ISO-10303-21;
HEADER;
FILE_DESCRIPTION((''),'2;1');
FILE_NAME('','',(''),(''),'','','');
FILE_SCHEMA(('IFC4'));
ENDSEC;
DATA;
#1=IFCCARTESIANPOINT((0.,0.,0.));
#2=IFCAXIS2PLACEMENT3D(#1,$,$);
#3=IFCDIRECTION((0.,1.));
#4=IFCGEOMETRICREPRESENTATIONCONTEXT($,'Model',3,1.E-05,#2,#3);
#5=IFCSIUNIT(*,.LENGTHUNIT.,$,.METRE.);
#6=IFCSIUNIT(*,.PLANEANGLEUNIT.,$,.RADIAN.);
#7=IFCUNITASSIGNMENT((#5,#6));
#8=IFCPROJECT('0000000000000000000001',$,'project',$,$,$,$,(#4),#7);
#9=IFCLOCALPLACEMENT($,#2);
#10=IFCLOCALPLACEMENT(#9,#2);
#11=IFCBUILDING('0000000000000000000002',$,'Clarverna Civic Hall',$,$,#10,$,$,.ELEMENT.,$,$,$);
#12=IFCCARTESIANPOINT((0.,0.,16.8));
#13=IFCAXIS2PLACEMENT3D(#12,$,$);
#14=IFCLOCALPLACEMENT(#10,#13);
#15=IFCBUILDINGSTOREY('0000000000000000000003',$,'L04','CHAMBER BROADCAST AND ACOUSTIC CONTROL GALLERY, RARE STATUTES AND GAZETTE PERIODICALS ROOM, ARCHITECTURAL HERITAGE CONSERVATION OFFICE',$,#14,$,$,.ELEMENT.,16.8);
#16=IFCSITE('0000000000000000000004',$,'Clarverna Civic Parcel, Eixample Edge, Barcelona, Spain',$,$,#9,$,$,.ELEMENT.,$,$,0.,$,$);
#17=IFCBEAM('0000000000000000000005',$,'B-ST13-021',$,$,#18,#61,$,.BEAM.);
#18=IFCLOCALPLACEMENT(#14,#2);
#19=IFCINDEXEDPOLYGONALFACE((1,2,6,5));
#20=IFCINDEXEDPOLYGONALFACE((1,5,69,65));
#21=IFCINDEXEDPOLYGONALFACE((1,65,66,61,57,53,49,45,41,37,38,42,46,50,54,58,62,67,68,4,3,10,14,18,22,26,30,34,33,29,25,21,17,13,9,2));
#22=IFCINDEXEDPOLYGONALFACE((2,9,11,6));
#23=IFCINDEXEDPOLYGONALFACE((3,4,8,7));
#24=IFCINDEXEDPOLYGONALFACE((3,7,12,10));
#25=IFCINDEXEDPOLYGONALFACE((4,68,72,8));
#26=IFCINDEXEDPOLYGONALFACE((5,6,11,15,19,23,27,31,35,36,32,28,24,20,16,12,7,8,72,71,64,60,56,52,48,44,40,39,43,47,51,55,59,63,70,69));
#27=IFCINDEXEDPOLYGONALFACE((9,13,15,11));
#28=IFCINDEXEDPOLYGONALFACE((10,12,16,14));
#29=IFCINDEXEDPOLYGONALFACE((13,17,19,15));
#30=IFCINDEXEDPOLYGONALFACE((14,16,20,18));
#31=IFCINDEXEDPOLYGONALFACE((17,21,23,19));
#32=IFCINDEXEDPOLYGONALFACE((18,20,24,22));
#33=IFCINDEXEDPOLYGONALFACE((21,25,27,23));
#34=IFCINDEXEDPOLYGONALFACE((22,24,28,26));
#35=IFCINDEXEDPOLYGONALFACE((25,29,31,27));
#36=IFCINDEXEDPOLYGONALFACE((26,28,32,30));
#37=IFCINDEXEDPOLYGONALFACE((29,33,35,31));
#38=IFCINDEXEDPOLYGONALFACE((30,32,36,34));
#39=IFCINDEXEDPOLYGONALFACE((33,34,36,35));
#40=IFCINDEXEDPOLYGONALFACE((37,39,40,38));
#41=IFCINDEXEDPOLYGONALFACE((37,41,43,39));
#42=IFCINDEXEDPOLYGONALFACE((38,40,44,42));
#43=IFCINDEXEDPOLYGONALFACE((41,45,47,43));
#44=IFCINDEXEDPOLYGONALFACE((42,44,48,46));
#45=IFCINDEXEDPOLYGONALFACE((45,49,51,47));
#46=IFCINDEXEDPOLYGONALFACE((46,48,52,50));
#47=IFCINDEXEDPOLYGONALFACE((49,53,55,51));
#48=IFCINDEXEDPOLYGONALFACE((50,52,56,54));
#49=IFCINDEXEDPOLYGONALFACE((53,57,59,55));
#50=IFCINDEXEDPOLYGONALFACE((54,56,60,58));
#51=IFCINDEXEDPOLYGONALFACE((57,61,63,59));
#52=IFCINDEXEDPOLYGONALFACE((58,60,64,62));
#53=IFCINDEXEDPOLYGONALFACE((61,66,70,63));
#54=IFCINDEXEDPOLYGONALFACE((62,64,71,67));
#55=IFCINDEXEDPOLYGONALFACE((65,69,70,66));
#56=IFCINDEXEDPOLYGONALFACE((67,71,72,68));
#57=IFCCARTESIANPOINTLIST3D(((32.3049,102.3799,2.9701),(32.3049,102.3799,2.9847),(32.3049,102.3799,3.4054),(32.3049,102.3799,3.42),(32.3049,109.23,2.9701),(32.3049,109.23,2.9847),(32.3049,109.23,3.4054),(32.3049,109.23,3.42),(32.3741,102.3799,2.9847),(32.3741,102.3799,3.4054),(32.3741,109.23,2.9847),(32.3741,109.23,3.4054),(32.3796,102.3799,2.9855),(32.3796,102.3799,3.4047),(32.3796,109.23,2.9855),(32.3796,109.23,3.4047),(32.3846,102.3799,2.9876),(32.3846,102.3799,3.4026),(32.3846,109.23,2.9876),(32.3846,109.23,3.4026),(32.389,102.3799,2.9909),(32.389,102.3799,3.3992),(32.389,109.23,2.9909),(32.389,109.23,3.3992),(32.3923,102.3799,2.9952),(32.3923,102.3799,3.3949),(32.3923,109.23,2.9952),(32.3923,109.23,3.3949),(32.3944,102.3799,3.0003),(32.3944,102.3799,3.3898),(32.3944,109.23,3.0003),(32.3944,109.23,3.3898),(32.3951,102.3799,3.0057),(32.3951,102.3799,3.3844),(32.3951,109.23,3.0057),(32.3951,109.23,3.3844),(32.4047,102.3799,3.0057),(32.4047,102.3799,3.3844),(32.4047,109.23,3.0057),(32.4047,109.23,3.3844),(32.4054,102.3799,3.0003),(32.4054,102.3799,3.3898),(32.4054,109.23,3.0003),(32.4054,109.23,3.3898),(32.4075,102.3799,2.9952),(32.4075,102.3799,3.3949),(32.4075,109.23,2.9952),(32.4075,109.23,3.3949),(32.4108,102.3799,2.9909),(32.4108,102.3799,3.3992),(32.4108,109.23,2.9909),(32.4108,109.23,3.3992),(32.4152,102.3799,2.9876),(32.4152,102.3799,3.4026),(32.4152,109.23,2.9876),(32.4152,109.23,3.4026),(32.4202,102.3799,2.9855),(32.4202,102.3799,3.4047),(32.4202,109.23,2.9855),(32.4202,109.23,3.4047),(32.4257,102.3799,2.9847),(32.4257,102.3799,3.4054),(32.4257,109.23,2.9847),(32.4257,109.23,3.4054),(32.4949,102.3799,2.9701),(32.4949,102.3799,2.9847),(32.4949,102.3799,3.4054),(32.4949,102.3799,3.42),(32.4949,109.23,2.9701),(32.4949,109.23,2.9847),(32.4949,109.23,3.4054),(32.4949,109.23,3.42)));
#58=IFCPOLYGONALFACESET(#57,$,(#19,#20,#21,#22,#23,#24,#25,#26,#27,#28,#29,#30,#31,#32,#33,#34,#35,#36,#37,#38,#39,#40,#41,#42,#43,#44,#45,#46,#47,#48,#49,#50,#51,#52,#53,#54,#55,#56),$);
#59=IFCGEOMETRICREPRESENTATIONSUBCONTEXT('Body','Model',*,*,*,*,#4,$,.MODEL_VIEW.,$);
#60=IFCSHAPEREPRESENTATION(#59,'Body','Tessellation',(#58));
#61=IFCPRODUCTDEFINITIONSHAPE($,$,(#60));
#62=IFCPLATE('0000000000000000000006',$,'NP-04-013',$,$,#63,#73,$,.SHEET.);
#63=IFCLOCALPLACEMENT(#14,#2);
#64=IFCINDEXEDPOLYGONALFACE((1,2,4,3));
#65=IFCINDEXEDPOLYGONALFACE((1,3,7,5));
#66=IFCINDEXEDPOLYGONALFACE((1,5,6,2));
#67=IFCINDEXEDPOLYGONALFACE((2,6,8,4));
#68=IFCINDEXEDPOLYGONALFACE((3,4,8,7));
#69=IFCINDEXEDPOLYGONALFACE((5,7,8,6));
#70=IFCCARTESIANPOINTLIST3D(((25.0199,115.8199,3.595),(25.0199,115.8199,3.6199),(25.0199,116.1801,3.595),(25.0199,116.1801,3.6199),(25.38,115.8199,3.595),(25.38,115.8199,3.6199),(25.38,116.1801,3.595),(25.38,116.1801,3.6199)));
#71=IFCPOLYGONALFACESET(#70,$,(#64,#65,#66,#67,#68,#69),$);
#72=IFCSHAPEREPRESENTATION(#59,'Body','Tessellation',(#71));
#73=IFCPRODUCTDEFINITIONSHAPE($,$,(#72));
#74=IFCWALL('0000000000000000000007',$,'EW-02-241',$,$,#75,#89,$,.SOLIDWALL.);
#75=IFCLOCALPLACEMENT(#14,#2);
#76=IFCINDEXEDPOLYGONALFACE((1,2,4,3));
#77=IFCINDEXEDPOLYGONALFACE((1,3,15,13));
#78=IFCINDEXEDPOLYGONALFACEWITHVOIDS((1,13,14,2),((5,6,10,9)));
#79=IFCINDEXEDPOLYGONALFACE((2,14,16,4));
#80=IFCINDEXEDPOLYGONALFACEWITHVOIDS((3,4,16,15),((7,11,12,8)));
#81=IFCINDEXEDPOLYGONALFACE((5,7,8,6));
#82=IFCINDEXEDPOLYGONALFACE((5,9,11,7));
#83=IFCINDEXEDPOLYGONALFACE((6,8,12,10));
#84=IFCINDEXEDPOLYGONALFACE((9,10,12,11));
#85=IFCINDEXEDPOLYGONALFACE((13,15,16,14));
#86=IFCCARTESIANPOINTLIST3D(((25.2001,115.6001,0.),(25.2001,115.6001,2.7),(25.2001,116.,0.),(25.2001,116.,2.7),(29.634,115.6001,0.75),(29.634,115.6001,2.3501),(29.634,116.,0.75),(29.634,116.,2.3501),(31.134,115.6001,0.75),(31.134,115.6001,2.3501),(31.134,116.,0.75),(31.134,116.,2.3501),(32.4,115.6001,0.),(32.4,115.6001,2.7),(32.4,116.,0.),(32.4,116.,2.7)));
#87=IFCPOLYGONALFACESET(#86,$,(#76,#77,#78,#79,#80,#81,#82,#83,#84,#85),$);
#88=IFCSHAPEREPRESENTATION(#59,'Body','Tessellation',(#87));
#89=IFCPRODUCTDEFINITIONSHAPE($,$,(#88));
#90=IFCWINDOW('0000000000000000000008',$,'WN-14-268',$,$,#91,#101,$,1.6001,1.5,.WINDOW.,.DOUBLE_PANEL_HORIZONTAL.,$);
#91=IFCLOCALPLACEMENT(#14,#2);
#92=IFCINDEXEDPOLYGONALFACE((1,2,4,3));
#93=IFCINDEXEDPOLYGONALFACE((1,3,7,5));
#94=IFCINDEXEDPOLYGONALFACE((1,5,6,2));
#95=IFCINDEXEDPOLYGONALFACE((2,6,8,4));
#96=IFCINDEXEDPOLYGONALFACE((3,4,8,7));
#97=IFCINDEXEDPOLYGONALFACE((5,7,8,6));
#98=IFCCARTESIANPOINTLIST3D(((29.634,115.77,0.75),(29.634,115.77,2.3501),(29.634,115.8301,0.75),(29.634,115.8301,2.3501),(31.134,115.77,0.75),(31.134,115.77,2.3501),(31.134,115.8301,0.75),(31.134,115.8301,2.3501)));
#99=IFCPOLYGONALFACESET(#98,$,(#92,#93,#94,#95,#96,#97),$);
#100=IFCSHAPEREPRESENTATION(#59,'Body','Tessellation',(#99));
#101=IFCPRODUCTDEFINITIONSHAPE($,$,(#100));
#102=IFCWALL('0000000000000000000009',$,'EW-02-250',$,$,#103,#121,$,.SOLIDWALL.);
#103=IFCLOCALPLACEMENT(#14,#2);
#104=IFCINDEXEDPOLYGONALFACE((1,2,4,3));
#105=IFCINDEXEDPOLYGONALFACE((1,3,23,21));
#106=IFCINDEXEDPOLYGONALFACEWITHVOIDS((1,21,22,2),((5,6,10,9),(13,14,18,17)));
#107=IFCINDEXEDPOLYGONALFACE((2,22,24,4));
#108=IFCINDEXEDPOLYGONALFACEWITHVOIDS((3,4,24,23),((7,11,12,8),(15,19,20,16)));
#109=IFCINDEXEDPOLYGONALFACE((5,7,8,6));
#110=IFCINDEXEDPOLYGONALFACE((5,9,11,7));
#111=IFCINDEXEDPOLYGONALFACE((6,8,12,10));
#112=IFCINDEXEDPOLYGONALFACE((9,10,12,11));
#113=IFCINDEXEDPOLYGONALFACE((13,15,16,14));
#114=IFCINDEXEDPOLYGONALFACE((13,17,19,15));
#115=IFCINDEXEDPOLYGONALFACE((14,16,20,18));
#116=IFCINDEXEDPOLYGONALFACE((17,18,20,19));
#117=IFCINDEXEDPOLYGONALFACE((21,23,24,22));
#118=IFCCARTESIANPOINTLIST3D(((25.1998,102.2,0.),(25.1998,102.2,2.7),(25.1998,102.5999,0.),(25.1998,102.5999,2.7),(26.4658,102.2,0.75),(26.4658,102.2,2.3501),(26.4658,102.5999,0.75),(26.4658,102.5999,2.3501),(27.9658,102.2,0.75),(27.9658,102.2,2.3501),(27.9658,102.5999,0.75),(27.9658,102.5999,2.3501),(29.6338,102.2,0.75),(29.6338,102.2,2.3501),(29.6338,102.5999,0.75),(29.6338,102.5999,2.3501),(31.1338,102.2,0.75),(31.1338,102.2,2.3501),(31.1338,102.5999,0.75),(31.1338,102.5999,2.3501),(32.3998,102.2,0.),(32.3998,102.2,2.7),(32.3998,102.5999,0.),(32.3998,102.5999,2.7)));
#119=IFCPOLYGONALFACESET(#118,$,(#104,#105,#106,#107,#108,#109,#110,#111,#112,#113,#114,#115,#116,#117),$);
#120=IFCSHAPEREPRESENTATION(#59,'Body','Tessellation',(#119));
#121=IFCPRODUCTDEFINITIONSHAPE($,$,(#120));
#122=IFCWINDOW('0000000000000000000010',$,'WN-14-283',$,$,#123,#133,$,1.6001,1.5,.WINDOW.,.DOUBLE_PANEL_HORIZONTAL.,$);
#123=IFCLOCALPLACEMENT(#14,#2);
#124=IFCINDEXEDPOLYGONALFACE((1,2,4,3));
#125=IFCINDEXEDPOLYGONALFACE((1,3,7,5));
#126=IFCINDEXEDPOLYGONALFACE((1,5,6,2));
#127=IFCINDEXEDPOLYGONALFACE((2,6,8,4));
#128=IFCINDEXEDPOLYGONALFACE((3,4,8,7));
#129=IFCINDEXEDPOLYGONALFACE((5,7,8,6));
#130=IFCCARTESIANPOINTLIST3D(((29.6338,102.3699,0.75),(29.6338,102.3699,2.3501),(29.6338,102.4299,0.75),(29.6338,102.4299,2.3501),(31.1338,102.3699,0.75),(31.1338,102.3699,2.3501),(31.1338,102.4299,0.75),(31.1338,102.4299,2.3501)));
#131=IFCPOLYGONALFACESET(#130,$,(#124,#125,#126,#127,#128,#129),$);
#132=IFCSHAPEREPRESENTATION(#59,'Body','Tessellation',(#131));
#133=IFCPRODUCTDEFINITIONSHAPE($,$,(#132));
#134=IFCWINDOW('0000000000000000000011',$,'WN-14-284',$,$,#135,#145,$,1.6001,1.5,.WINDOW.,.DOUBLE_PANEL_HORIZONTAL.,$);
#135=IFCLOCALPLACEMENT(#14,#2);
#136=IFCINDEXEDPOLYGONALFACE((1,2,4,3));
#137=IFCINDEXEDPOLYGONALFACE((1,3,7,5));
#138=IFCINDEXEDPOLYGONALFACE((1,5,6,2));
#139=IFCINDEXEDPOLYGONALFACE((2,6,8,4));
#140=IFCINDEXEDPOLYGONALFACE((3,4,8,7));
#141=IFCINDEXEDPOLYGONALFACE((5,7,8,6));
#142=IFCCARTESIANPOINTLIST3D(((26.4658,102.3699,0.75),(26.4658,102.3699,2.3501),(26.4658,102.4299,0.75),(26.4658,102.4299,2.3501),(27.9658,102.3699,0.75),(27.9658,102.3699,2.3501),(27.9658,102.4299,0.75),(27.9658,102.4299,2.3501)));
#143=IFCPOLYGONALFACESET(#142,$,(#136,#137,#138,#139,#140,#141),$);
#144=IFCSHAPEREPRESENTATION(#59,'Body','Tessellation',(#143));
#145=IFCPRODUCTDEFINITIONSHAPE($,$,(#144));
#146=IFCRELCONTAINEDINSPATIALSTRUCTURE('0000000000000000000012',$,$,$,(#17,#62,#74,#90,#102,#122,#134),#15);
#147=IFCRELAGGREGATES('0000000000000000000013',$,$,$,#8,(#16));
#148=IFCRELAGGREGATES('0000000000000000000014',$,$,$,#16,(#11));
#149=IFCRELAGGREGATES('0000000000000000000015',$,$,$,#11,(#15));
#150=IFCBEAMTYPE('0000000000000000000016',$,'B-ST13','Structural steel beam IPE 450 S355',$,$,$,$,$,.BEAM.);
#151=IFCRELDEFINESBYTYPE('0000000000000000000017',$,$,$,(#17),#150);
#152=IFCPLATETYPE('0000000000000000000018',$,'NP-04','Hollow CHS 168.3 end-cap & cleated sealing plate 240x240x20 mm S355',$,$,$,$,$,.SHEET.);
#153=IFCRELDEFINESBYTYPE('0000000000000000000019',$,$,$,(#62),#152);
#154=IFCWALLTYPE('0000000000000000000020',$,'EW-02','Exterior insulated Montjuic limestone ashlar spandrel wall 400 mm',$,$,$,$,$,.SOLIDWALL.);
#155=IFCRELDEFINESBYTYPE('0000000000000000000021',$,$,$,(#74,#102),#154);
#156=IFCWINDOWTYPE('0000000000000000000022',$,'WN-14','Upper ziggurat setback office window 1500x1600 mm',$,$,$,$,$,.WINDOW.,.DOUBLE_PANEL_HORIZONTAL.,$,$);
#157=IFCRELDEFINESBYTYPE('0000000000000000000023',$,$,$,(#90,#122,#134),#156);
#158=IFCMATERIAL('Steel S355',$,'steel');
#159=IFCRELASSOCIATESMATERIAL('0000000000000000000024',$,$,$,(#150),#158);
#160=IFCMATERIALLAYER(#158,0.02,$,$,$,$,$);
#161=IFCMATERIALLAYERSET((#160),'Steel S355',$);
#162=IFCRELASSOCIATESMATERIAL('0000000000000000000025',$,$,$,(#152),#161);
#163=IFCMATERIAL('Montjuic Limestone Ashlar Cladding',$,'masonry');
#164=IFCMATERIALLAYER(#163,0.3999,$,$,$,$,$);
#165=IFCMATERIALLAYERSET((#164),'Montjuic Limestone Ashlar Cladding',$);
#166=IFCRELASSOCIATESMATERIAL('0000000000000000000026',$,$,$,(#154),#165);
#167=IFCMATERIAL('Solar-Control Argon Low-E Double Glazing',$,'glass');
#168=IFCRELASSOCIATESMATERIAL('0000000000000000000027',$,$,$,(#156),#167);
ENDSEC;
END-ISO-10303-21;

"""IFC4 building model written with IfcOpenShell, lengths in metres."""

from ifc_helpers import new_model, si_unit, direction, frame, frame_2d, origin, origin_2d, place, context, subcontext, project, spatial, rectangle, i_section, extrude, material, layer, layer_set, material_profile, profile_set, type_object, element, fill, save


model = new_model("IFC4")

# Units and contexts
model_context = context("Model", 3, precision=1e-05, world=origin(), true_north=direction((0.0, 1.0)))
body_context = subcontext(model_context, "Body", "Model", "MODEL_VIEW")
ifc_project = project(units=[si_unit("LENGTHUNIT", "METRE"), si_unit("PLANEANGLEUNIT", "RADIAN")], contexts=[model_context])

# Site, building, storey
site_placement = place(None, origin())
site = spatial("IfcSite", under=ifc_project, at=site_placement, Name="Clarverna Civic Parcel, Eixample Edge, Barcelona, Spain", CompositionType="ELEMENT", RefElevation=0.0)
building_placement = place(site_placement, origin())
building = spatial("IfcBuilding", under=site, at=building_placement, Name="Clarverna Civic Hall", CompositionType="ELEMENT")
storey_placement = place(building_placement, frame((0.0, 0.0, 16.8)))
storey = spatial("IfcBuildingStorey", under=building, at=storey_placement, Name="L04", Description="CHAMBER BROADCAST AND ACOUSTIC CONTROL GALLERY, RARE STATUTES AND GAZETTE PERIODICALS ROOM, ARCHITECTURAL HERITAGE CONSERVATION OFFICE", CompositionType="ELEMENT", Elevation=16.8)

# Shared definitions
ifc_material_1 = material(Name="Steel S355", Category="steel")

# Beam
ifc_material_profile_1 = material_profile(ifc_material_1, i_section(OverallWidth=0.1899, OverallDepth=0.45, WebThickness=0.0095, FlangeThickness=0.0146, FilletRadius=0.021, at=origin_2d()), Name="IPE 450")
ifc_profile_set_1 = profile_set([ifc_material_profile_1], Name="Steel S355")
beam_type_1 = type_object("IfcBeamType", Name="B-ST13", Description="Structural steel beam IPE 450 S355", PredefinedType="BEAM", material=ifc_profile_set_1)
beam_1_placement = place(storey_placement, frame((32.3999, 102.3799, 3.1951), z_axis=(0.0, 1.0, 0.0), x_axis=(-1.0, 0.0, 0.0)))
element("IfcBeam", 1, at=beam_1_placement, inside=storey, type_object=beam_type_1, Name="B-ST13-021", PredefinedType="BEAM", context=body_context, shape_type="SweptSolid", body=[
    extrude(i_section(OverallWidth=0.1899, OverallDepth=0.45, WebThickness=0.0095, FlangeThickness=0.0146, FilletRadius=0.021, at=origin_2d()), origin(), (0.0, 0.0, 1.0), 6.8501),
])

# Plate
ifc_layer_1 = layer(ifc_material_1, 0.02)
ifc_layer_set_1 = layer_set([ifc_layer_1], Name="Steel S355")
plate_type = type_object("IfcPlateType", Name="NP-04", Description="Hollow CHS 168.3 end-cap & cleated sealing plate 240x240x20 mm S355", PredefinedType="SHEET", material=ifc_layer_set_1)
plate_placement = place(storey_placement, frame((25.2, 116.0, 3.595), z_axis=(0.0, 0.0, 1.0), x_axis=(1.0, 0.0, 0.0)))
element("IfcPlate", 2, at=plate_placement, inside=storey, type_object=plate_type, Name="NP-04-013", PredefinedType="SHEET", context=body_context, shape_type="SweptSolid", body=[
    extrude(rectangle(XDim=0.3601, YDim=0.3601, at=origin_2d()), origin(), (0.0, 0.0, 1.0), 0.0249),
])

# Wall, opening, window
ifc_material_2 = material(Name="Montjuic Limestone Ashlar Cladding", Category="masonry")
ifc_layer_2 = layer(ifc_material_2, 0.3999)
ifc_layer_set_2 = layer_set([ifc_layer_2], Name="Montjuic Limestone Ashlar Cladding")
wall_type = type_object("IfcWallType", Name="EW-02", Description="Exterior insulated Montjuic limestone ashlar spandrel wall 400 mm", PredefinedType="SOLIDWALL", material=ifc_layer_set_2)
wall_1_placement = place(storey_placement, frame((25.2, 115.8, 0.0), z_axis=(0.0, 0.0, 1.0), x_axis=(1.0, 0.0, 0.0)))
wall_1 = element("IfcWall", 3, at=wall_1_placement, inside=storey, type_object=wall_type, Name="EW-02-241", PredefinedType="SOLIDWALL", context=body_context, shape_type="SweptSolid", body=[
    extrude(rectangle(XDim=7.2, YDim=0.3999, at=frame_2d((3.6001, 0.0))), origin(), (0.0, 0.0, 1.0), 2.7),
])
opening_1_placement = place(wall_1_placement, frame((4.4341, 0.0, 0.75)))
opening_1 = element("IfcOpeningElement", 4, at=opening_1_placement, cuts=wall_1, PredefinedType="OPENING", context=body_context, shape_type="SweptSolid", body=[
    extrude(rectangle(XDim=1.5, YDim=1.6001, at=frame_2d((0.75, 0.8))), frame((0.0, 0.21, 0.0), z_axis=(0.0, -1.0, 0.0), x_axis=(1.0, 0.0, 0.0)), (0.0, 0.0, 1.0), 0.4199),
])
ifc_material_3 = material(Name="Solar-Control Argon Low-E Double Glazing", Category="glass")
window_type = type_object("IfcWindowType", Name="WN-14", Description="Upper ziggurat setback office window 1500x1600 mm", PartitioningType="DOUBLE_PANEL_HORIZONTAL", PredefinedType="WINDOW", material=ifc_material_3)
window_1_placement = place(opening_1_placement, origin())
window_1 = element("IfcWindow", 5, at=window_1_placement, inside=storey, type_object=window_type, Name="WN-14-268", OverallHeight=1.6001, OverallWidth=1.5, PartitioningType="DOUBLE_PANEL_HORIZONTAL", PredefinedType="WINDOW", context=body_context, shape_type="SweptSolid", body=[
    extrude(rectangle(XDim=1.5, YDim=1.6001, at=frame_2d((0.75, 0.8))), frame((0.0, 0.03, 0.0), z_axis=(0.0, -1.0, 0.0), x_axis=(1.0, 0.0, 0.0)), (0.0, 0.0, 1.0), 0.0601),
])
fill(opening_1, window_1)

# Wall, openings, windows
wall_2_placement = place(storey_placement, frame((32.3999, 102.3999, 0.0), z_axis=(0.0, 0.0, 1.0), x_axis=(-1.0, 0.0, 0.0)))
wall_2 = element("IfcWall", 6, at=wall_2_placement, inside=storey, type_object=wall_type, Name="EW-02-250", PredefinedType="SOLIDWALL", context=body_context, shape_type="SweptSolid", body=[
    extrude(rectangle(XDim=7.2, YDim=0.3999, at=frame_2d((3.6001, 0.0))), origin(), (0.0, 0.0, 1.0), 2.7),
])
opening_2_placement = place(wall_2_placement, frame((1.2661, 0.0, 0.75)))
opening_2 = element("IfcOpeningElement", 7, at=opening_2_placement, cuts=wall_2, PredefinedType="OPENING", context=body_context, shape_type="SweptSolid", body=[
    extrude(rectangle(XDim=1.5, YDim=1.6001, at=frame_2d((0.75, 0.8))), frame((0.0, 0.21, 0.0), z_axis=(0.0, -1.0, 0.0), x_axis=(1.0, 0.0, 0.0)), (0.0, 0.0, 1.0), 0.4199),
])
opening_3_placement = place(wall_2_placement, frame((4.4341, 0.0, 0.75)))
opening_3 = element("IfcOpeningElement", 8, at=opening_3_placement, cuts=wall_2, PredefinedType="OPENING", context=body_context, shape_type="SweptSolid", body=[
    extrude(rectangle(XDim=1.5, YDim=1.6001, at=frame_2d((0.75, 0.8))), frame((0.0, 0.21, 0.0), z_axis=(0.0, -1.0, 0.0), x_axis=(1.0, 0.0, 0.0)), (0.0, 0.0, 1.0), 0.4199),
])
window_2_placement = place(opening_2_placement, origin())
window_2 = element("IfcWindow", 9, at=window_2_placement, inside=storey, type_object=window_type, Name="WN-14-283", OverallHeight=1.6001, OverallWidth=1.5, PartitioningType="DOUBLE_PANEL_HORIZONTAL", PredefinedType="WINDOW", context=body_context, shape_type="SweptSolid", body=[
    extrude(rectangle(XDim=1.5, YDim=1.6001, at=frame_2d((0.75, 0.8))), frame((0.0, 0.03, 0.0), z_axis=(0.0, -1.0, 0.0), x_axis=(1.0, 0.0, 0.0)), (0.0, 0.0, 1.0), 0.0601),
])
fill(opening_2, window_2)
window_3_placement = place(opening_3_placement, origin())
window_3 = element("IfcWindow", 10, at=window_3_placement, inside=storey, type_object=window_type, Name="WN-14-284", OverallHeight=1.6001, OverallWidth=1.5, PartitioningType="DOUBLE_PANEL_HORIZONTAL", PredefinedType="WINDOW", context=body_context, shape_type="SweptSolid", body=[
    extrude(rectangle(XDim=1.5, YDim=1.6001, at=frame_2d((0.75, 0.8))), frame((0.0, 0.03, 0.0), z_axis=(0.0, -1.0, 0.0), x_axis=(1.0, 0.0, 0.0)), (0.0, 0.0, 1.0), 0.0601),
])
fill(opening_3, window_3)

save(model, "model.ifc")
